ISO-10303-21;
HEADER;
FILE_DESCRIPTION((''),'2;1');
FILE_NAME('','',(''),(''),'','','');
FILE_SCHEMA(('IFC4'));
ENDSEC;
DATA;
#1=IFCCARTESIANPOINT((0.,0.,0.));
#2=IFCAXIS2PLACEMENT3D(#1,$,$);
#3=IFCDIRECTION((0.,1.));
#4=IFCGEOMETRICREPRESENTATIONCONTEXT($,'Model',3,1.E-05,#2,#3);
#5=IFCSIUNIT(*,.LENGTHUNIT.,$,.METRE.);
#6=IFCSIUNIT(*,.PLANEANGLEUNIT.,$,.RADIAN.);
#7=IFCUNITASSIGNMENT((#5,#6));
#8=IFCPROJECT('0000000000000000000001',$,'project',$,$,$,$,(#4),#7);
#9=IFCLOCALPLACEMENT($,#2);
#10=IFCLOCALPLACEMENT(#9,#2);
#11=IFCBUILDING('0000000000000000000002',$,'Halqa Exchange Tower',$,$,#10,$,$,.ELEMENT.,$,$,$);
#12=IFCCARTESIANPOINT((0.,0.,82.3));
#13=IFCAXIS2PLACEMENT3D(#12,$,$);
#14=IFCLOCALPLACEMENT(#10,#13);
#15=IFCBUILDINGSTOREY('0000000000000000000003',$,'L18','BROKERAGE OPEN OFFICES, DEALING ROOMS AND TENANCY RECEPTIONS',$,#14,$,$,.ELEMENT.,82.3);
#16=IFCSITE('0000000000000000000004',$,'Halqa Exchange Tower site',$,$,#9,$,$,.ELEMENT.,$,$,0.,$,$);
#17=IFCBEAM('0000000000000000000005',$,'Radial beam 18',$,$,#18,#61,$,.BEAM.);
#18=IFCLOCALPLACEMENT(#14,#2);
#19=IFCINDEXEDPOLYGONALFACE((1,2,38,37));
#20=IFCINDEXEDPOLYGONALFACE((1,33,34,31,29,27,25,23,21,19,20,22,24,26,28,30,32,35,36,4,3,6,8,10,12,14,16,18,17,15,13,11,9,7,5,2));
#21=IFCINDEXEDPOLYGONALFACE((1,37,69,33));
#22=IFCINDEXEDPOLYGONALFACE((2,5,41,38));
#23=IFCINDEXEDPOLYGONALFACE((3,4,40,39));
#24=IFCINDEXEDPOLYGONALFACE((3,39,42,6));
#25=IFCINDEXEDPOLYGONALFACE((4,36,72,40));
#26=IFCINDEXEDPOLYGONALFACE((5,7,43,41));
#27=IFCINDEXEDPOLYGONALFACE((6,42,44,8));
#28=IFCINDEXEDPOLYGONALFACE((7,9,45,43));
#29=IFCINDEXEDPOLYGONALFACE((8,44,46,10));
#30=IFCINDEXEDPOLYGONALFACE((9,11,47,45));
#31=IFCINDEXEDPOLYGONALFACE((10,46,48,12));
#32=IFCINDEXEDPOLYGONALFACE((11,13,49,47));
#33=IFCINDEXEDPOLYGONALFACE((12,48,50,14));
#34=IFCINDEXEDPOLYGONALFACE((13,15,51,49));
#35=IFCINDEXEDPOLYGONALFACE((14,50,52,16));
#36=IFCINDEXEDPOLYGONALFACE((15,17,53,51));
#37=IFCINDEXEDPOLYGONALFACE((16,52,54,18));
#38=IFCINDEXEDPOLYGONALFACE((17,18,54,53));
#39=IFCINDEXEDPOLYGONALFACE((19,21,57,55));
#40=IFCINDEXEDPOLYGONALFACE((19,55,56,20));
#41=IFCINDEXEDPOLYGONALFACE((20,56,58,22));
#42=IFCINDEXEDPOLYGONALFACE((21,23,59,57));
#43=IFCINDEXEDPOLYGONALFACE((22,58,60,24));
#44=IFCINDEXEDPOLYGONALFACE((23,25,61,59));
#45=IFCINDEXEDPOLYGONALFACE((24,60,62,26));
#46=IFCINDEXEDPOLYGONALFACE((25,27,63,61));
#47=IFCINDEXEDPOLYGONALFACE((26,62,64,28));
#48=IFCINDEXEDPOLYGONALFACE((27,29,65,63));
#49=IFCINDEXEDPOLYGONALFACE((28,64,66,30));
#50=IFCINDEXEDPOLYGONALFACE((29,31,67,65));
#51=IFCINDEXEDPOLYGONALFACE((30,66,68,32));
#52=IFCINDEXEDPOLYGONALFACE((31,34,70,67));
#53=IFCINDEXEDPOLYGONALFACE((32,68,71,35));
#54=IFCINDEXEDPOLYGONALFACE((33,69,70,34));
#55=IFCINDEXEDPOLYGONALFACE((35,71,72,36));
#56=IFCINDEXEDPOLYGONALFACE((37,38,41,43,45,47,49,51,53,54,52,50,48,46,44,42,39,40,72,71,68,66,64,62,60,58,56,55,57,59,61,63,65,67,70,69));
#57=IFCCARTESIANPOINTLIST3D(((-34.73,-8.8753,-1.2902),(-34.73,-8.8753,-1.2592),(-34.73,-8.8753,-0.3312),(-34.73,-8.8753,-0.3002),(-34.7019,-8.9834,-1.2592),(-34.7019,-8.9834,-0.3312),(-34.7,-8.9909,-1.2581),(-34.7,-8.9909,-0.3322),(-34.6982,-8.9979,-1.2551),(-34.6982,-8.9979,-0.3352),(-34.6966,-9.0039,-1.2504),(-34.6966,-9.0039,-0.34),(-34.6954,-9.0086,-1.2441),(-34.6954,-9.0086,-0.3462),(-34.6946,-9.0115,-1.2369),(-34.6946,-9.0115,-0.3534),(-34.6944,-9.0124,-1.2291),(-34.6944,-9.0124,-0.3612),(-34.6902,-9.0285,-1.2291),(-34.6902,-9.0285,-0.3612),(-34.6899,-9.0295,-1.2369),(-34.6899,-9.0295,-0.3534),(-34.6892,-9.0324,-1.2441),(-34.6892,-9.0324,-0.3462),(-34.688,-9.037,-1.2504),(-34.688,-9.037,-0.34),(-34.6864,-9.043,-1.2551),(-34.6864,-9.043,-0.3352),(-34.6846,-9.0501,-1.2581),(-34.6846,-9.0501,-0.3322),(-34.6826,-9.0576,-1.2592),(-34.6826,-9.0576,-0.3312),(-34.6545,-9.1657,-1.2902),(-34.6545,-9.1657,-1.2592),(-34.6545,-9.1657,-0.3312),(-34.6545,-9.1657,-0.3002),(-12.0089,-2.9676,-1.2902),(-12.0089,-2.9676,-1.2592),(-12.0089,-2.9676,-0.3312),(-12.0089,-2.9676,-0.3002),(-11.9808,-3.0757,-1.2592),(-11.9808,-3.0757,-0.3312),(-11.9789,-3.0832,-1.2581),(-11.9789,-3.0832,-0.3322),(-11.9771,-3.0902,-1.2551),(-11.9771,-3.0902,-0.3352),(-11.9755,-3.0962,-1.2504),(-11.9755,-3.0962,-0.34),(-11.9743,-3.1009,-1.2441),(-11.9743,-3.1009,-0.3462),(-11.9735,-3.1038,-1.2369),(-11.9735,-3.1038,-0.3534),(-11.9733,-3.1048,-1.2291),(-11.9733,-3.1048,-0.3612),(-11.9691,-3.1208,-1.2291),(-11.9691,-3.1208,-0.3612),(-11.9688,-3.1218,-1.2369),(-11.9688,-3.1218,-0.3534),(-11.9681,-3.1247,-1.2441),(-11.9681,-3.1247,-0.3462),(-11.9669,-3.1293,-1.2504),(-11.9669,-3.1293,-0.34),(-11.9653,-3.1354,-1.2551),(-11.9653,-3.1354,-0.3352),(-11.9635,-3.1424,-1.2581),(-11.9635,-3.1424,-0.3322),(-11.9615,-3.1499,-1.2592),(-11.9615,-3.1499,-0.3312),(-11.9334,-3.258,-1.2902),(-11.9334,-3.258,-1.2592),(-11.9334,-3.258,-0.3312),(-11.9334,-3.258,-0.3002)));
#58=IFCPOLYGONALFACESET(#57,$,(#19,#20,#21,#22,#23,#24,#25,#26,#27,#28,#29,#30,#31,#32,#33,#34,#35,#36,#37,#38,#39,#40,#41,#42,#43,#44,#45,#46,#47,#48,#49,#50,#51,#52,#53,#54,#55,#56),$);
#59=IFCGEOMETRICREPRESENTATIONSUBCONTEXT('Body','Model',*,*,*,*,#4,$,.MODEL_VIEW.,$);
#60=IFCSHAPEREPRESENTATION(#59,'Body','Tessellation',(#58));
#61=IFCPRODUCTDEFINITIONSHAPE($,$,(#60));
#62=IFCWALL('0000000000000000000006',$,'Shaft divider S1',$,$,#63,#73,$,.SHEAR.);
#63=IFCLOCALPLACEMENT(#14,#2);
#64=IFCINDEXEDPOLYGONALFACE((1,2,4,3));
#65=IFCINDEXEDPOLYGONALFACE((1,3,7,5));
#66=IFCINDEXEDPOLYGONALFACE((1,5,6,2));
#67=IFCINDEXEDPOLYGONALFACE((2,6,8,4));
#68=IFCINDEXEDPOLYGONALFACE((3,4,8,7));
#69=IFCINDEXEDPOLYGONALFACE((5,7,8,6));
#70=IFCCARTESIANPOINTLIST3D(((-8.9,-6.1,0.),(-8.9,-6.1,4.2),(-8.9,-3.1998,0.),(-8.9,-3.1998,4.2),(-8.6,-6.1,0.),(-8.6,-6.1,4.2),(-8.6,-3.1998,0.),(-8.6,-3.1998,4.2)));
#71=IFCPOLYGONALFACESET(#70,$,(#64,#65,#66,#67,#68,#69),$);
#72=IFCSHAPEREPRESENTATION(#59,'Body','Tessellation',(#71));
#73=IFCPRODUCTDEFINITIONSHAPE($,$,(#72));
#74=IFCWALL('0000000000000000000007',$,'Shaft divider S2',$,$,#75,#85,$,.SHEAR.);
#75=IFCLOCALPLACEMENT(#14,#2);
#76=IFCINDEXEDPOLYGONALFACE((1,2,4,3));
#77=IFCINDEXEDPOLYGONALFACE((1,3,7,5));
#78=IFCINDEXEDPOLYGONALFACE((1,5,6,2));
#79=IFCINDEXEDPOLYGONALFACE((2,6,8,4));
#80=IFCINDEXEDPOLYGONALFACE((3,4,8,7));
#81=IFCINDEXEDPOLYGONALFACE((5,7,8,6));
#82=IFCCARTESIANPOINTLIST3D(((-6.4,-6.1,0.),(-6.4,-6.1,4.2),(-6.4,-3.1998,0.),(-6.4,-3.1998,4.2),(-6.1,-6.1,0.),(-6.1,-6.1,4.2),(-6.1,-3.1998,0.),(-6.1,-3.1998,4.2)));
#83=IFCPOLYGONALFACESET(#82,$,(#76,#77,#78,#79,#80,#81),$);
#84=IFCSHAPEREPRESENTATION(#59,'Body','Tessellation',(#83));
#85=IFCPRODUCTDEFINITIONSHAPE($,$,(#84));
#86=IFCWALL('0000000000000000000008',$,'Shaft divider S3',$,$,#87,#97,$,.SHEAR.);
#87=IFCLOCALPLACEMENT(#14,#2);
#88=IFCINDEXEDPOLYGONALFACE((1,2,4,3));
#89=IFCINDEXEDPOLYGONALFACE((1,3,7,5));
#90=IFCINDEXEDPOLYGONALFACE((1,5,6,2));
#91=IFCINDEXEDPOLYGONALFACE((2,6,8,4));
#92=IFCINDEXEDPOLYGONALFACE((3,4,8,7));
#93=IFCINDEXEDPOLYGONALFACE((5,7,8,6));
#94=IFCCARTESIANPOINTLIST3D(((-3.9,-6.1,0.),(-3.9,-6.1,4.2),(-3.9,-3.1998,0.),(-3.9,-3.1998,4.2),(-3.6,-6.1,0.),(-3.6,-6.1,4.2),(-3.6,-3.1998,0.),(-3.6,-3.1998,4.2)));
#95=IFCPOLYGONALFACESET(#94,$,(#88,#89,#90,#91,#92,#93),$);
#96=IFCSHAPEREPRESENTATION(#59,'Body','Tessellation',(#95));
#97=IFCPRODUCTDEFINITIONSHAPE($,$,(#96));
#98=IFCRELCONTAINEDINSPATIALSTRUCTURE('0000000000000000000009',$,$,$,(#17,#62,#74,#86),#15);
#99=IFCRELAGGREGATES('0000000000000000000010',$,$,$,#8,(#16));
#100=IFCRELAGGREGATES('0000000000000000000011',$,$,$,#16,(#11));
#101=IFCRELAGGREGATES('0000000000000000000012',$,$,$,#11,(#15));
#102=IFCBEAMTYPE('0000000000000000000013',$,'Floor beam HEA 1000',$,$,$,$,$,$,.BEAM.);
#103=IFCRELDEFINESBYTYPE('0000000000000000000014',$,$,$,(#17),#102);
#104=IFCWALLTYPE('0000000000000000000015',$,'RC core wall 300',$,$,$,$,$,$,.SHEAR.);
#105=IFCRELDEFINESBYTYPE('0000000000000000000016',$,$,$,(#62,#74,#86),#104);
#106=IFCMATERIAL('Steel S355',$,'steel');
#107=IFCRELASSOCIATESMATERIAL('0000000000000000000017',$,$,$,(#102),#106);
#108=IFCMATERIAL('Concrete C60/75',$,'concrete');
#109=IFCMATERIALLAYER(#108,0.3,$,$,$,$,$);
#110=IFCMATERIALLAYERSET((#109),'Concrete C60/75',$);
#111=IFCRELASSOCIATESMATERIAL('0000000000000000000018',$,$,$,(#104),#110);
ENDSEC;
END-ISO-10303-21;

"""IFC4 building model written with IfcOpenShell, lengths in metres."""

from ifc_helpers import new_model, si_unit, direction, frame, frame_2d, origin, origin_2d, place, context, subcontext, project, spatial, rectangle, i_section, extrude, material, layer, layer_set, material_profile, profile_set, type_object, element, save


model = new_model("IFC4")

# Units and contexts
model_context = context("Model", 3, precision=1e-05, world=origin(), true_north=direction((0.0, 1.0)))
body_context = subcontext(model_context, "Body", "Model", "MODEL_VIEW")
ifc_project = project(units=[si_unit("LENGTHUNIT", "METRE"), si_unit("PLANEANGLEUNIT", "RADIAN")], contexts=[model_context])

# Site, building, storey
site_placement = place(None, origin())
site = spatial("IfcSite", under=ifc_project, at=site_placement, Name="Halqa Exchange Tower site", CompositionType="ELEMENT", RefElevation=0.0)
building_placement = place(site_placement, origin())
building = spatial("IfcBuilding", under=site, at=building_placement, Name="Halqa Exchange Tower", CompositionType="ELEMENT")
storey_placement = place(building_placement, frame((0.0, 0.0, 82.3)))
storey = spatial("IfcBuildingStorey", under=building, at=storey_placement, Name="L18", Description="BROKERAGE OPEN OFFICES, DEALING ROOMS AND TENANCY RECEPTIONS", CompositionType="ELEMENT", Elevation=82.3)

# Beam
ifc_material_1 = material(Name="Steel S355", Category="steel")
ifc_material_profile = material_profile(ifc_material_1, i_section(OverallWidth=0.3, OverallDepth=0.99, WebThickness=0.0166, FlangeThickness=0.031, FilletRadius=0.03, at=origin_2d()), Name="HEA 1000")
ifc_profile_set = profile_set([ifc_material_profile], Name="Steel S355")
beam_type = type_object("IfcBeamType", Name="Floor beam HEA 1000", PredefinedType="BEAM", material=ifc_profile_set)
beam_placement = place(storey_placement, frame((-11.9712, -3.1128, -0.7952), z_axis=(-0.96782, -0.251642, 0.0), x_axis=(0.251642, -0.96782, 0.0)))
element("IfcBeam", 1, at=beam_placement, inside=storey, type_object=beam_type, Name="Radial beam 18", PredefinedType="BEAM", context=body_context, shape_type="SweptSolid", body=[
    extrude(i_section(OverallWidth=0.3, OverallDepth=0.99, WebThickness=0.0166, FlangeThickness=0.031, FilletRadius=0.03, at=origin_2d()), origin(), (0.0, 0.0, 1.0), 23.4766),
])

# Walls
ifc_material_2 = material(Name="Concrete C60/75", Category="concrete")
ifc_layer_1 = layer(ifc_material_2, 0.3)
ifc_layer_set_1 = layer_set([ifc_layer_1], Name="Concrete C60/75")
wall_type_1 = type_object("IfcWallType", Name="RC core wall 300", PredefinedType="SHEAR", material=ifc_layer_set_1)
for number, where, z_axis, x_axis, name in (
    (2, (-8.75, -6.1001, 0.0), (0.0, 0.0, 1.0), (0.0, 1.0, 0.0), "Shaft divider S1"),
    (3, (-6.25, -6.1001, 0.0), (0.0, 0.0, 1.0), (0.0, 1.0, 0.0), "Shaft divider S2"),
    (4, (-3.75, -6.1001, 0.0), (0.0, 0.0, 1.0), (0.0, 1.0, 0.0), "Shaft divider S3"),
):
    element("IfcWall", number, at=place(storey_placement, frame(where, z_axis=z_axis, x_axis=x_axis)), inside=storey, type_object=wall_type_1, Name=name, PredefinedType="SHEAR", context=body_context, shape_type="SweptSolid", body=[
        extrude(rectangle(XDim=2.9001, YDim=0.3, at=frame_2d((1.4502, 0.0))), origin(), (0.0, 0.0, 1.0), 4.2),
    ])

save(model, "model.ifc")
